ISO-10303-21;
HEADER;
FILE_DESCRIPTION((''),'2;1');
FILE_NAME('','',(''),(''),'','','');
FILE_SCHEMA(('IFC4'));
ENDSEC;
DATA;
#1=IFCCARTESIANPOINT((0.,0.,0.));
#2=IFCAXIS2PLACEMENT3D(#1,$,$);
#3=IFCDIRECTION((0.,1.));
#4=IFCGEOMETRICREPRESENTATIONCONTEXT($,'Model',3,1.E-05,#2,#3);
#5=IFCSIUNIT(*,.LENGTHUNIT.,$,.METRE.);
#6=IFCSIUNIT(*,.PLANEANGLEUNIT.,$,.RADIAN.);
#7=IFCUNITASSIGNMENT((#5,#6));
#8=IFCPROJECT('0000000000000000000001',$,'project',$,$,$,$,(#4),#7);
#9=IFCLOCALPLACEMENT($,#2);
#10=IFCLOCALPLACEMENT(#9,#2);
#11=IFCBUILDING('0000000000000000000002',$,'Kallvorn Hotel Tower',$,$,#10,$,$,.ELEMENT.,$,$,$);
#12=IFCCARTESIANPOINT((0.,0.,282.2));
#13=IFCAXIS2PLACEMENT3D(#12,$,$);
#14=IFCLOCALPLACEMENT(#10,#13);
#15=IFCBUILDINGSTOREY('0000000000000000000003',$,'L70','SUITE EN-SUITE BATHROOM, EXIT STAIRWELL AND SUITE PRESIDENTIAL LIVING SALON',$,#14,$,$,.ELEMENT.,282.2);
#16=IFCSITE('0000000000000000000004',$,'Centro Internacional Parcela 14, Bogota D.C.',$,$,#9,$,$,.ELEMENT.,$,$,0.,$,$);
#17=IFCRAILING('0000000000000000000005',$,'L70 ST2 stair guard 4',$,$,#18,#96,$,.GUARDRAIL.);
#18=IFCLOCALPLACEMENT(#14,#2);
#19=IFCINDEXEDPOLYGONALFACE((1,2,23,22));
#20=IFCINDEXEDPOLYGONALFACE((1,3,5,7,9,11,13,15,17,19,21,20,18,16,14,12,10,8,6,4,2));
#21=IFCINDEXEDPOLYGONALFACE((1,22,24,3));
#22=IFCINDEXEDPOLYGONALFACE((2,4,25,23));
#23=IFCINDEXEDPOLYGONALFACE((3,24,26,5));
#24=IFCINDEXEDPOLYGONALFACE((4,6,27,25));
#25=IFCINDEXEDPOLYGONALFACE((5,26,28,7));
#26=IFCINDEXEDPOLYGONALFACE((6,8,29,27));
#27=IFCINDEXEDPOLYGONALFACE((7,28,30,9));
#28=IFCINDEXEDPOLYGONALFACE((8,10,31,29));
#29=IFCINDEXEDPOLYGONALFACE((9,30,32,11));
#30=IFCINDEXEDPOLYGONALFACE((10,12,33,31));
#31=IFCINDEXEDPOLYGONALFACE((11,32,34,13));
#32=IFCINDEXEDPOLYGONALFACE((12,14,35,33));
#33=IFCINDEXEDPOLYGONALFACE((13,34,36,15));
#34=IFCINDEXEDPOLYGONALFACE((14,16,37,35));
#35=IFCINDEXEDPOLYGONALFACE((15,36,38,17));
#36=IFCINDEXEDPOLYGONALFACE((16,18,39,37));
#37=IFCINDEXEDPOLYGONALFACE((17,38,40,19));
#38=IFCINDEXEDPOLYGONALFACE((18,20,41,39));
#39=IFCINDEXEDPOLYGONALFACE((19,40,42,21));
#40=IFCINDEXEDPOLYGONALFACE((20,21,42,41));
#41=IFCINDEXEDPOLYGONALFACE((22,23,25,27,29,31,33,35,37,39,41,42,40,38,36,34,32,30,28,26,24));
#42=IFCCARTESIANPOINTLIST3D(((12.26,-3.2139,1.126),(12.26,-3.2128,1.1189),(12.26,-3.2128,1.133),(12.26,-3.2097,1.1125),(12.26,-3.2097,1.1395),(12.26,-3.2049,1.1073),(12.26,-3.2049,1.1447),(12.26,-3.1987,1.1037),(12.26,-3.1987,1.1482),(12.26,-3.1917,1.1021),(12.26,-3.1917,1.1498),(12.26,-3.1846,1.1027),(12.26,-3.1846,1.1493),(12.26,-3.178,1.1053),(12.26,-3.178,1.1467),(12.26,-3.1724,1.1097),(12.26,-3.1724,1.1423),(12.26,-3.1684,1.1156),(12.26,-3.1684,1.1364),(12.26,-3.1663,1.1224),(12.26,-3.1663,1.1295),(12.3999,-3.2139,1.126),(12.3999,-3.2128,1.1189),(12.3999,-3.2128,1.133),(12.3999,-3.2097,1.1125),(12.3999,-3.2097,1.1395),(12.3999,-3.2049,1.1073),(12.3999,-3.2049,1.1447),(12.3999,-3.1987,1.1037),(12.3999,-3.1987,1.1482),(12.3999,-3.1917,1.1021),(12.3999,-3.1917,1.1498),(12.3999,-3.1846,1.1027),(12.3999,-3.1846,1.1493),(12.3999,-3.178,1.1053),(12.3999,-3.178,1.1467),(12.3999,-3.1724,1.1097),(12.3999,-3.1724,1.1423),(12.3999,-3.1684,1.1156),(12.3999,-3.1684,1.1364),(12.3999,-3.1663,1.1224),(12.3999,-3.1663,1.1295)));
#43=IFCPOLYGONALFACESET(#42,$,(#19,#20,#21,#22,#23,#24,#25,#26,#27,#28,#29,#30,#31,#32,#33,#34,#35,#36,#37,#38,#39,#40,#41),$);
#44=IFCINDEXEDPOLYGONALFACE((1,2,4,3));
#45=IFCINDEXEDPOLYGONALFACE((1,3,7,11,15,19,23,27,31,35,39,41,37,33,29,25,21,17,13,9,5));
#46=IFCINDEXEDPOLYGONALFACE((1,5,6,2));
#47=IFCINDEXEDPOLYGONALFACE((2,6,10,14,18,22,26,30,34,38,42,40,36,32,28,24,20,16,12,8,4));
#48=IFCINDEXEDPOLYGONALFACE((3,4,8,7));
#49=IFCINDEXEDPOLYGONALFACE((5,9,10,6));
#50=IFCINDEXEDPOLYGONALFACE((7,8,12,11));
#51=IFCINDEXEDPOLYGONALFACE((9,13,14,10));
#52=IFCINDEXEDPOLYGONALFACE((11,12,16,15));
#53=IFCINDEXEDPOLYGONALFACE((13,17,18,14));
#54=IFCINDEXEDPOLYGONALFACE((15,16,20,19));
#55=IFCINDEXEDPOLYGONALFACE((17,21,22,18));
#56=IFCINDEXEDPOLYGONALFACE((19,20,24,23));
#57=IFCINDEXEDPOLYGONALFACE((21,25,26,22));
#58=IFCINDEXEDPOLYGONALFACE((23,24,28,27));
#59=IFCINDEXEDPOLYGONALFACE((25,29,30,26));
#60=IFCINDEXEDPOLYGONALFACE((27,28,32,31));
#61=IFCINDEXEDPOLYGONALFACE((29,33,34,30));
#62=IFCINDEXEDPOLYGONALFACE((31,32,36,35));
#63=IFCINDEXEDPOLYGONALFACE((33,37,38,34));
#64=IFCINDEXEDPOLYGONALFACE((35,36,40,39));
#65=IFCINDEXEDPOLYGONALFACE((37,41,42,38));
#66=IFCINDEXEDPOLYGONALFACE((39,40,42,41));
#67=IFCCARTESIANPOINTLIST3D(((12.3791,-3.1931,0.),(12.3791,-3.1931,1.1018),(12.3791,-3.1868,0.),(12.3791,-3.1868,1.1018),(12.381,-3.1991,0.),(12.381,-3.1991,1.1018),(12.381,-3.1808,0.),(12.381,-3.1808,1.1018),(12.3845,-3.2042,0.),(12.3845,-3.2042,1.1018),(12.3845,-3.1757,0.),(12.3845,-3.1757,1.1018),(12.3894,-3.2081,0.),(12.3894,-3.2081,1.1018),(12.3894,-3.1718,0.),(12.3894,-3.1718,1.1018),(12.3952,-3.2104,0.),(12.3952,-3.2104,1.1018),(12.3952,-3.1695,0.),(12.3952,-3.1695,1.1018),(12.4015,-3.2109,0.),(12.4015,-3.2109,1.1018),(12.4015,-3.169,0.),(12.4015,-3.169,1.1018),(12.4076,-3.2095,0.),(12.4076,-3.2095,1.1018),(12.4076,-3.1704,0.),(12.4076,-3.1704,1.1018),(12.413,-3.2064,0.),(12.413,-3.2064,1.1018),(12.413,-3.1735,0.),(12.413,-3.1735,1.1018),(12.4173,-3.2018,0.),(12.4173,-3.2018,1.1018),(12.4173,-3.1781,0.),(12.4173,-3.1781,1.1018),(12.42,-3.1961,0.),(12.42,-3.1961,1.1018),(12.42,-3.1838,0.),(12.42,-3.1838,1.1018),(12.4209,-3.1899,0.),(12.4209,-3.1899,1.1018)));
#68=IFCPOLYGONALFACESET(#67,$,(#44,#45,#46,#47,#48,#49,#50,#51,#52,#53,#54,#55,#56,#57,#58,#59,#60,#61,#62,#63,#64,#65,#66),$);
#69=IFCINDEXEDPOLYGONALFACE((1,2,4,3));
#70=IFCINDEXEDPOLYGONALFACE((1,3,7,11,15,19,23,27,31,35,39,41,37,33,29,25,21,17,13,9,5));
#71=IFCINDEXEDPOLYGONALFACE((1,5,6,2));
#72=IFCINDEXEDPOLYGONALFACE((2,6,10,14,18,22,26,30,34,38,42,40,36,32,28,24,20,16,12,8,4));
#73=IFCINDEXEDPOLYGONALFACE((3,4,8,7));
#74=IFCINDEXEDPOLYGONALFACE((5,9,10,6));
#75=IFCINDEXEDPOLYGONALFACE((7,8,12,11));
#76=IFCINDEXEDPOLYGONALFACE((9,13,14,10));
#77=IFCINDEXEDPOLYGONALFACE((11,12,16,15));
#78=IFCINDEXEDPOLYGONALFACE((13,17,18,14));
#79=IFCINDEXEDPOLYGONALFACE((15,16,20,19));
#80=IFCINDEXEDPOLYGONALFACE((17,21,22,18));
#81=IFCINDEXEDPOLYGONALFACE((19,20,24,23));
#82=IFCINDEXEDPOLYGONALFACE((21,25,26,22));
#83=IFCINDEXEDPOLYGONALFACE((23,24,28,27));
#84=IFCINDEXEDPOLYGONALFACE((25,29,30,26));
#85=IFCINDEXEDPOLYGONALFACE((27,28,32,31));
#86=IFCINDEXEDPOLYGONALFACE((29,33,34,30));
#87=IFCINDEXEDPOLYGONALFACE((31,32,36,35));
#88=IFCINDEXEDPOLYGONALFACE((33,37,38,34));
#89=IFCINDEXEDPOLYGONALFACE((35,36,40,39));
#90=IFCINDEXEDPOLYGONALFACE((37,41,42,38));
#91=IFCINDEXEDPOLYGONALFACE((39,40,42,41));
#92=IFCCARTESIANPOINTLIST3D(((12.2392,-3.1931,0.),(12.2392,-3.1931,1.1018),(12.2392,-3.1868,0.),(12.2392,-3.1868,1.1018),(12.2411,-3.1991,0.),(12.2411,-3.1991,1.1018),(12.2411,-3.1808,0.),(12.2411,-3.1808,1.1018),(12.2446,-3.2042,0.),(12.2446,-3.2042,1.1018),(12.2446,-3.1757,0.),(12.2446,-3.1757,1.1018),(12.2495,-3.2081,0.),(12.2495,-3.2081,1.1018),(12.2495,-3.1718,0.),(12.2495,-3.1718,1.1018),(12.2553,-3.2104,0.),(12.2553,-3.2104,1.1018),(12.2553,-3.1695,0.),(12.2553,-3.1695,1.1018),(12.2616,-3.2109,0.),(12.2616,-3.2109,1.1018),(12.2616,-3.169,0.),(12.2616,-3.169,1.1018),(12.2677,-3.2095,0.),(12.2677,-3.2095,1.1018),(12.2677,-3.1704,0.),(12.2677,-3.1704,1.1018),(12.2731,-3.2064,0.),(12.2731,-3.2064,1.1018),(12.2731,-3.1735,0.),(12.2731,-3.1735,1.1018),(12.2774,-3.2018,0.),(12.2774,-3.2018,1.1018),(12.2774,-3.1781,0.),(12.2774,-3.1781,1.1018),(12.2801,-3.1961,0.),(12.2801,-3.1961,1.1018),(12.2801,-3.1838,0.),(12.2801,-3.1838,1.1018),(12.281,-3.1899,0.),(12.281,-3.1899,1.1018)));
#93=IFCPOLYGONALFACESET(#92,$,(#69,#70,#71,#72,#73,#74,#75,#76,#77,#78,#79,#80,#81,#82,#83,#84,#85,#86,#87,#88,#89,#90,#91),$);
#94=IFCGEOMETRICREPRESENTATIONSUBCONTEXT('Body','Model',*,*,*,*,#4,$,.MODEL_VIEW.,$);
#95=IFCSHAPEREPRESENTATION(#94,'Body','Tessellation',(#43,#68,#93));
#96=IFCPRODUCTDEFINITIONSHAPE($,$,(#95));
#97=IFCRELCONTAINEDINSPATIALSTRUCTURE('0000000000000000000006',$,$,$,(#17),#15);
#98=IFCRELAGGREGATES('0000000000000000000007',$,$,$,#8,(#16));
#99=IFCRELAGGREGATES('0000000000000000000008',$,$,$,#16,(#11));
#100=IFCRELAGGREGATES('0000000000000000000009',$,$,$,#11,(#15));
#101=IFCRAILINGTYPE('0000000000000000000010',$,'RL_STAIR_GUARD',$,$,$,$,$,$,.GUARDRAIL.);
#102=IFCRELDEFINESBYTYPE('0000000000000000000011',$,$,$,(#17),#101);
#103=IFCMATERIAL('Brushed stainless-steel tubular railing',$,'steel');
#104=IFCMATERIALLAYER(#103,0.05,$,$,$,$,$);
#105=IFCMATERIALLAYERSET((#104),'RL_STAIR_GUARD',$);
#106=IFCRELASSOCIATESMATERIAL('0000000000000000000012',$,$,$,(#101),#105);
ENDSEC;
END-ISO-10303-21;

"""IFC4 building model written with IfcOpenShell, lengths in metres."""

from ifc_helpers import new_model, si_unit, direction, frame, origin, origin_2d, place, context, subcontext, project, spatial, circle, extrude, material, layer, layer_set, type_object, element, save


model = new_model("IFC4")

# Units and contexts
model_context = context("Model", 3, precision=1e-05, world=origin(), true_north=direction((0.0, 1.0)))
body_context = subcontext(model_context, "Body", "Model", "MODEL_VIEW")
ifc_project = project(units=[si_unit("LENGTHUNIT", "METRE"), si_unit("PLANEANGLEUNIT", "RADIAN")], contexts=[model_context])

# Site, building, storey
site_placement = place(None, origin())
site = spatial("IfcSite", under=ifc_project, at=site_placement, Name="Centro Internacional Parcela 14, Bogota D.C.", CompositionType="ELEMENT", RefElevation=0.0)
building_placement = place(site_placement, origin())
building = spatial("IfcBuilding", under=site, at=building_placement, Name="Kallvorn Hotel Tower", CompositionType="ELEMENT")
storey_placement = place(building_placement, frame((0.0, 0.0, 282.2)))
storey = spatial("IfcBuildingStorey", under=building, at=storey_placement, Name="L70", Description="SUITE EN-SUITE BATHROOM, EXIT STAIRWELL AND SUITE PRESIDENTIAL LIVING SALON", CompositionType="ELEMENT", Elevation=282.2)

# Railing
ifc_material_1 = material(Name="Brushed stainless-steel tubular railing", Category="steel")
ifc_layer_1 = layer(ifc_material_1, 0.05)
ifc_layer_set_1 = layer_set([ifc_layer_1], Name="RL_STAIR_GUARD")
railing_type = type_object("IfcRailingType", Name="RL_STAIR_GUARD", PredefinedType="GUARDRAIL", material=ifc_layer_set_1)
railing_placement = place(storey_placement, frame((12.3999, -3.1899, 0.0)))
element("IfcRailing", 1, at=railing_placement, inside=storey, type_object=railing_type, Name="L70 ST2 stair guard 4", PredefinedType="GUARDRAIL", context=body_context, shape_type="SweptSolid", body=[
    extrude(circle(Radius=0.0239, at=origin_2d()), frame((0.0, 0.0, 1.126), z_axis=(-1.0, 0.0, 0.0), x_axis=(0.0, -1.0, 0.0)), (0.0, 0.0, 1.0), 0.1399),
    extrude(circle(Radius=0.021, at=origin_2d()), origin(), (0.0, 0.0, 1.0), 1.1018),
    extrude(circle(Radius=0.021, at=origin_2d()), frame((-0.1399, 0.0, 0.0)), (0.0, 0.0, 1.0), 1.1018),
])

save(model, "model.ifc")
